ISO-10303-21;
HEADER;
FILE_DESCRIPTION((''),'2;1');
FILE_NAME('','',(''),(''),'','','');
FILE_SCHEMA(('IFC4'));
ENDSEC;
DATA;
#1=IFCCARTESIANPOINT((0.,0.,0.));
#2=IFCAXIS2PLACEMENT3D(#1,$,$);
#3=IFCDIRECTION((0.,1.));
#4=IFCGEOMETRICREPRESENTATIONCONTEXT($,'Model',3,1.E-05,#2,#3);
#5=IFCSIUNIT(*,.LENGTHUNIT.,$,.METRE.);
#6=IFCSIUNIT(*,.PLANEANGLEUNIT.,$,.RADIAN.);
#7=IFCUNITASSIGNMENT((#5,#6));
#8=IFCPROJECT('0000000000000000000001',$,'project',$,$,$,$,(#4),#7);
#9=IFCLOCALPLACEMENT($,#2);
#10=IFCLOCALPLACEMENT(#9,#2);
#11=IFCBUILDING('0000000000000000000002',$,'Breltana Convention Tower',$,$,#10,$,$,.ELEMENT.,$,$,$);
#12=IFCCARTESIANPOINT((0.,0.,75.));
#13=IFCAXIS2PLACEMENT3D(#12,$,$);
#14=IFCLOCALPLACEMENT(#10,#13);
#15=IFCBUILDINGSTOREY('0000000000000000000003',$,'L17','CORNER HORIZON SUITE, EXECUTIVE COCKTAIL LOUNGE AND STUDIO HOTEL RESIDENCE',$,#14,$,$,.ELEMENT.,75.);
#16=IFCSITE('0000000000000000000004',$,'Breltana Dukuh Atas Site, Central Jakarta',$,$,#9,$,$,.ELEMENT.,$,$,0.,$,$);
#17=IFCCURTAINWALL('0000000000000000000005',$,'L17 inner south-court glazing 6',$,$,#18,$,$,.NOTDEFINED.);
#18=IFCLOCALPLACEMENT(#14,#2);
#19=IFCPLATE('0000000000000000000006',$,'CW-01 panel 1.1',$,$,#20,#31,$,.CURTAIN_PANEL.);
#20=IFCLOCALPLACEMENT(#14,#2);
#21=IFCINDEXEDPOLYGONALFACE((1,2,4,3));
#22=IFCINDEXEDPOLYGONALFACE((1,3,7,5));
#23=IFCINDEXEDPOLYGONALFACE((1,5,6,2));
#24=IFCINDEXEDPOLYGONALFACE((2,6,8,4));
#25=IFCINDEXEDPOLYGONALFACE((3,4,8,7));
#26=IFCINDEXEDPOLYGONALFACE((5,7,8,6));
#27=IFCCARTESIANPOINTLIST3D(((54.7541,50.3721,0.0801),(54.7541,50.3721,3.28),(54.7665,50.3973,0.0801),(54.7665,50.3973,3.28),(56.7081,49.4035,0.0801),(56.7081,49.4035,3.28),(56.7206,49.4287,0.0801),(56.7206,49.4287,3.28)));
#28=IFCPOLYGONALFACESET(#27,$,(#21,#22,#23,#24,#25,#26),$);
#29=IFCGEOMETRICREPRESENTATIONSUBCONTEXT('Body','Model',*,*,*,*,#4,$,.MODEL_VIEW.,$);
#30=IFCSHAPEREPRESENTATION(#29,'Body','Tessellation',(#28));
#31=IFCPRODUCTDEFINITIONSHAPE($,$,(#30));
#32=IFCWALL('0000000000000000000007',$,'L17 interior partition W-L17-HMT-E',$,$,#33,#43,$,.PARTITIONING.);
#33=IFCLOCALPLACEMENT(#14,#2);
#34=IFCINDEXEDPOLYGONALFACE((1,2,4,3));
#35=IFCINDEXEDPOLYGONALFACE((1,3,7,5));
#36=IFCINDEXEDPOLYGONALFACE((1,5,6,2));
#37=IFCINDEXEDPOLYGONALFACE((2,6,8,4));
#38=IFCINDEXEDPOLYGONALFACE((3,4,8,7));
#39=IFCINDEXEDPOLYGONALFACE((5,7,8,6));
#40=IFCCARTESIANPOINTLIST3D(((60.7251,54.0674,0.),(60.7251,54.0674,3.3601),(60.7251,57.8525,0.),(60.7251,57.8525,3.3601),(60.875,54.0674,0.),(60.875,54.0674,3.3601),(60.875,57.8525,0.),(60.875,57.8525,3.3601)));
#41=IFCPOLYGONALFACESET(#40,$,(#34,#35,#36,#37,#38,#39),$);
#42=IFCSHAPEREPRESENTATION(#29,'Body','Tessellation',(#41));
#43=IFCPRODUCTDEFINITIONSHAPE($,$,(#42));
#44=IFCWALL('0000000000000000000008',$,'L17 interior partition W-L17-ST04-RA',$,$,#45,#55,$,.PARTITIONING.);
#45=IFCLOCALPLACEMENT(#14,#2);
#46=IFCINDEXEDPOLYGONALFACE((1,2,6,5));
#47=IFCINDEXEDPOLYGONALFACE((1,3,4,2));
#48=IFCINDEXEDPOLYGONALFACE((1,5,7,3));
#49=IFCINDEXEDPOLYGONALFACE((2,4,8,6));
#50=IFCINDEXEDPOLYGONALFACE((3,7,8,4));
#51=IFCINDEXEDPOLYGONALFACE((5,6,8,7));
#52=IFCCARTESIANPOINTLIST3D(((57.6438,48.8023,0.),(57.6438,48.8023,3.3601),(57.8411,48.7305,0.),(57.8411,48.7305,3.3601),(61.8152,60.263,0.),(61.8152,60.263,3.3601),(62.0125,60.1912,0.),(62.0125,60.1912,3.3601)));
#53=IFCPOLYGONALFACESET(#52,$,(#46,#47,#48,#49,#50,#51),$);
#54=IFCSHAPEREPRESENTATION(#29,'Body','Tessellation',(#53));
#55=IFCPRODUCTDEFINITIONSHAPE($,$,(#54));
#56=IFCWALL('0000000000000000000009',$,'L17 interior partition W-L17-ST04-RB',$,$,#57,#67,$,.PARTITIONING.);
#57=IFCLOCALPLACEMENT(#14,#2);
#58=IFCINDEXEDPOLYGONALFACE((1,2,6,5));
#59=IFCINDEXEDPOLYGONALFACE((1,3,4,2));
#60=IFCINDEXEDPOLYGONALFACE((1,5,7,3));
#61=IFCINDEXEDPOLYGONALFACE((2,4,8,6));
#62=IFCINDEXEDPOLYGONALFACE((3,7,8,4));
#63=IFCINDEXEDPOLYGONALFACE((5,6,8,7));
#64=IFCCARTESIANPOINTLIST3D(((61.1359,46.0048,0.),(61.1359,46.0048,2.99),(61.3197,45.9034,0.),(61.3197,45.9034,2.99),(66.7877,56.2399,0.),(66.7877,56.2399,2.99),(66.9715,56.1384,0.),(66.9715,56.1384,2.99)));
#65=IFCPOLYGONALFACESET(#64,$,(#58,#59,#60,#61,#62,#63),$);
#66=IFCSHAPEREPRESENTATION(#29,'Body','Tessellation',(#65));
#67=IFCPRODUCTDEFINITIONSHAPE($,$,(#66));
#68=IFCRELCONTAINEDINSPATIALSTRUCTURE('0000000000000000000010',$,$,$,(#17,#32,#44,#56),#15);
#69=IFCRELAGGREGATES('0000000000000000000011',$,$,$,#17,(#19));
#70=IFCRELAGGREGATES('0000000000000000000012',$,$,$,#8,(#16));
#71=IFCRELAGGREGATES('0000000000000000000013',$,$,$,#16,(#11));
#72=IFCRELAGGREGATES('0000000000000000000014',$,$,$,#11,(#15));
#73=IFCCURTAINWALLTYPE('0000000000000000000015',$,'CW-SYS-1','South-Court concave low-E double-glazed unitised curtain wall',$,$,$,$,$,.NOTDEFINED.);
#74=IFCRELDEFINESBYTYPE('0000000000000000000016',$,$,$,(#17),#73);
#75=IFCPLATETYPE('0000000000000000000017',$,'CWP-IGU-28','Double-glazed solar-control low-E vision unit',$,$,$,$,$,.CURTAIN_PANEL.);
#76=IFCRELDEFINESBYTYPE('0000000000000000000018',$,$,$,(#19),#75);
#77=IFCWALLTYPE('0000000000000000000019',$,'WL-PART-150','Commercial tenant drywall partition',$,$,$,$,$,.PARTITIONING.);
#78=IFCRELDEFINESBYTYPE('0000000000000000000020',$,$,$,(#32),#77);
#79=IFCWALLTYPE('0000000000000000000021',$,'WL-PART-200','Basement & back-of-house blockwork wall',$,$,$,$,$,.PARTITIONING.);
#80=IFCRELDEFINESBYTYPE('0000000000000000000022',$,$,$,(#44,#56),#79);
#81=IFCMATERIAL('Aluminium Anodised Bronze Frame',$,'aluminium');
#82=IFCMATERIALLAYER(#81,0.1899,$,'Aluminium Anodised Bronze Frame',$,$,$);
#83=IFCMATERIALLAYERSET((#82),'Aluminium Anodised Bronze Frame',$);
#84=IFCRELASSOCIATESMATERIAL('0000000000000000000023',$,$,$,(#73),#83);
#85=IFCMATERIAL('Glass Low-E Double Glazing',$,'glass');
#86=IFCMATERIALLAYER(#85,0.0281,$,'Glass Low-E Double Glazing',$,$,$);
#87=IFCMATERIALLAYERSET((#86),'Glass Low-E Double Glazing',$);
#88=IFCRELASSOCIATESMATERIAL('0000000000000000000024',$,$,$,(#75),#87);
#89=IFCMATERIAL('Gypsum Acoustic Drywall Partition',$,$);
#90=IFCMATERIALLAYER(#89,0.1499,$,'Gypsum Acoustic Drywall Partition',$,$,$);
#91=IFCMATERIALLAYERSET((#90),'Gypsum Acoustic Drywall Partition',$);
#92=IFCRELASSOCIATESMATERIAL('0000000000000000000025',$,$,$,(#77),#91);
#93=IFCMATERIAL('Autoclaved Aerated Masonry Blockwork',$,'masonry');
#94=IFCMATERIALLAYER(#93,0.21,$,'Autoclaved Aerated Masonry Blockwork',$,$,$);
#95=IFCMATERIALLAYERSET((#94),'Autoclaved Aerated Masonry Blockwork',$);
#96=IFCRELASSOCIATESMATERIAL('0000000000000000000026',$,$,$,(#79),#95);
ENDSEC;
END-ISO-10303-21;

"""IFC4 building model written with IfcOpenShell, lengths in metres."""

from ifc_helpers import new_model, si_unit, direction, frame, frame_2d, origin, origin_2d, place, context, subcontext, project, spatial, rectangle, extrude, source, transform, mapped, material, layer, layer_set, type_object, element, aggregate, save


model = new_model("IFC4")

# Units and contexts
model_context = context("Model", 3, precision=1e-05, world=origin(), true_north=direction((0.0, 1.0)))
body_context = subcontext(model_context, "Body", "Model", "MODEL_VIEW")
ifc_project = project(units=[si_unit("LENGTHUNIT", "METRE"), si_unit("PLANEANGLEUNIT", "RADIAN")], contexts=[model_context])

# Site, building, storey
site_placement = place(None, origin())
site = spatial("IfcSite", under=ifc_project, at=site_placement, Name="Breltana Dukuh Atas Site, Central Jakarta", CompositionType="ELEMENT", RefElevation=0.0)
building_placement = place(site_placement, origin())
building = spatial("IfcBuilding", under=site, at=building_placement, Name="Breltana Convention Tower", CompositionType="ELEMENT")
storey_placement = place(building_placement, frame((0.0, 0.0, 75.0)))
storey = spatial("IfcBuildingStorey", under=building, at=storey_placement, Name="L17", Description="CORNER HORIZON SUITE, EXECUTIVE COCKTAIL LOUNGE AND STUDIO HOTEL RESIDENCE", CompositionType="ELEMENT", Elevation=75.0)

# Curtain wall
ifc_material_1 = material(Name="Aluminium Anodised Bronze Frame", Category="aluminium")
ifc_layer_1 = layer(ifc_material_1, 0.1899, Name="Aluminium Anodised Bronze Frame")
ifc_layer_set_1 = layer_set([ifc_layer_1], Name="Aluminium Anodised Bronze Frame")
curtain_wall_type = type_object("IfcCurtainWallType", Name="CW-SYS-1", Description="South-Court concave low-E double-glazed unitised curtain wall", PredefinedType="NOTDEFINED", material=ifc_layer_set_1)
curtain_wall_1_placement = place(storey_placement, origin())
curtain_wall_1 = element("IfcCurtainWall", 1, at=curtain_wall_1_placement, inside=storey, type_object=curtain_wall_type, Name="L17 inner south-court glazing 6", PredefinedType="NOTDEFINED")

# Plate
ifc_material_2 = material(Name="Glass Low-E Double Glazing", Category="glass")
ifc_layer_2 = layer(ifc_material_2, 0.0281, Name="Glass Low-E Double Glazing")
ifc_layer_set_2 = layer_set([ifc_layer_2], Name="Glass Low-E Double Glazing")
plate_type = type_object("IfcPlateType", Name="CWP-IGU-28", Description="Double-glazed solar-control low-E vision unit", PredefinedType="CURTAIN_PANEL", material=ifc_layer_set_2)
shared_shape_1 = source(origin(), body_context, "Body", "SweptSolid", [
    extrude(rectangle(XDim=2.1809, YDim=0.0281, at=origin_2d()), origin(), (0.0, 0.0, 1.0), 3.2),
])
plate_1_placement = place(storey_placement, frame((55.7373, 49.9004, 0.0801), z_axis=(0.0, 0.0, 1.0), x_axis=(-0.895968, 0.444118, 0.0)))
plate_1 = element("IfcPlate", 2, at=plate_1_placement, type_object=plate_type, Name="CW-01 panel 1.1", PredefinedType="CURTAIN_PANEL", context=body_context, shape_type="MappedRepresentation", body=[
    mapped(shared_shape_1, transform((0.0, 0.0, 0.0), scale=1.0)),
])
aggregate(curtain_wall_1, [plate_1])

# Walls
ifc_material_3 = material(Name="Gypsum Acoustic Drywall Partition")
ifc_layer_3 = layer(ifc_material_3, 0.1499, Name="Gypsum Acoustic Drywall Partition")
ifc_layer_set_3 = layer_set([ifc_layer_3], Name="Gypsum Acoustic Drywall Partition")
wall_type_1 = type_object("IfcWallType", Name="WL-PART-150", Description="Commercial tenant drywall partition", PredefinedType="PARTITIONING", material=ifc_layer_set_3)
shared_shape_2 = source(origin(), body_context, "Body", "SweptSolid", [
    extrude(rectangle(XDim=3.7852, YDim=0.1499, at=frame_2d((1.8926, 0.0))), origin(), (0.0, 0.0, 1.0), 3.3601),
])
wall_1_placement = place(storey_placement, frame((60.8, 54.0674, 0.0), z_axis=(0.0, 0.0, 1.0), x_axis=(0.0, 1.0, 0.0)))
element("IfcWall", 3, at=wall_1_placement, inside=storey, type_object=wall_type_1, Name="L17 interior partition W-L17-HMT-E", PredefinedType="PARTITIONING", context=body_context, shape_type="MappedRepresentation", body=[
    mapped(shared_shape_2, transform((0.0, 0.0, 0.0), scale=1.0)),
])
ifc_material_4 = material(Name="Autoclaved Aerated Masonry Blockwork", Category="masonry")
ifc_layer_4 = layer(ifc_material_4, 0.21, Name="Autoclaved Aerated Masonry Blockwork")
ifc_layer_set_4 = layer_set([ifc_layer_4], Name="Autoclaved Aerated Masonry Blockwork")
wall_type_2 = type_object("IfcWallType", Name="WL-PART-200", Description="Basement & back-of-house blockwork wall", PredefinedType="PARTITIONING", material=ifc_layer_set_4)
shared_shape_3 = source(origin(), body_context, "Body", "SweptSolid", [
    extrude(rectangle(XDim=12.1963, YDim=0.21, at=frame_2d((6.0981, 0.0))), origin(), (0.0, 0.0, 1.0), 3.3601),
])
wall_2_placement = place(storey_placement, frame((57.7424, 48.7664, 0.0), z_axis=(0.0, 0.0, 1.0), x_axis=(0.342023, 0.939692, 0.0)))
element("IfcWall", 4, at=wall_2_placement, inside=storey, type_object=wall_type_2, Name="L17 interior partition W-L17-ST04-RA", PredefinedType="PARTITIONING", context=body_context, shape_type="MappedRepresentation", body=[
    mapped(shared_shape_3, transform((0.0, 0.0, 0.0), scale=1.0)),
])
shared_shape_4 = source(origin(), body_context, "Body", "SweptSolid", [
    extrude(rectangle(XDim=11.6919, YDim=0.21, at=frame_2d((5.8459, 0.0))), origin(), (0.0, 0.0, 1.0), 2.99),
])
wall_3_placement = place(storey_placement, frame((61.2278, 45.9541, 0.0), z_axis=(0.0, 0.0, 1.0), x_axis=(0.483399, 0.8754, 0.0)))
element("IfcWall", 5, at=wall_3_placement, inside=storey, type_object=wall_type_2, Name="L17 interior partition W-L17-ST04-RB", PredefinedType="PARTITIONING", context=body_context, shape_type="MappedRepresentation", body=[
    mapped(shared_shape_4, transform((0.0, 0.0, 0.0), scale=1.0)),
])

save(model, "model.ifc")
